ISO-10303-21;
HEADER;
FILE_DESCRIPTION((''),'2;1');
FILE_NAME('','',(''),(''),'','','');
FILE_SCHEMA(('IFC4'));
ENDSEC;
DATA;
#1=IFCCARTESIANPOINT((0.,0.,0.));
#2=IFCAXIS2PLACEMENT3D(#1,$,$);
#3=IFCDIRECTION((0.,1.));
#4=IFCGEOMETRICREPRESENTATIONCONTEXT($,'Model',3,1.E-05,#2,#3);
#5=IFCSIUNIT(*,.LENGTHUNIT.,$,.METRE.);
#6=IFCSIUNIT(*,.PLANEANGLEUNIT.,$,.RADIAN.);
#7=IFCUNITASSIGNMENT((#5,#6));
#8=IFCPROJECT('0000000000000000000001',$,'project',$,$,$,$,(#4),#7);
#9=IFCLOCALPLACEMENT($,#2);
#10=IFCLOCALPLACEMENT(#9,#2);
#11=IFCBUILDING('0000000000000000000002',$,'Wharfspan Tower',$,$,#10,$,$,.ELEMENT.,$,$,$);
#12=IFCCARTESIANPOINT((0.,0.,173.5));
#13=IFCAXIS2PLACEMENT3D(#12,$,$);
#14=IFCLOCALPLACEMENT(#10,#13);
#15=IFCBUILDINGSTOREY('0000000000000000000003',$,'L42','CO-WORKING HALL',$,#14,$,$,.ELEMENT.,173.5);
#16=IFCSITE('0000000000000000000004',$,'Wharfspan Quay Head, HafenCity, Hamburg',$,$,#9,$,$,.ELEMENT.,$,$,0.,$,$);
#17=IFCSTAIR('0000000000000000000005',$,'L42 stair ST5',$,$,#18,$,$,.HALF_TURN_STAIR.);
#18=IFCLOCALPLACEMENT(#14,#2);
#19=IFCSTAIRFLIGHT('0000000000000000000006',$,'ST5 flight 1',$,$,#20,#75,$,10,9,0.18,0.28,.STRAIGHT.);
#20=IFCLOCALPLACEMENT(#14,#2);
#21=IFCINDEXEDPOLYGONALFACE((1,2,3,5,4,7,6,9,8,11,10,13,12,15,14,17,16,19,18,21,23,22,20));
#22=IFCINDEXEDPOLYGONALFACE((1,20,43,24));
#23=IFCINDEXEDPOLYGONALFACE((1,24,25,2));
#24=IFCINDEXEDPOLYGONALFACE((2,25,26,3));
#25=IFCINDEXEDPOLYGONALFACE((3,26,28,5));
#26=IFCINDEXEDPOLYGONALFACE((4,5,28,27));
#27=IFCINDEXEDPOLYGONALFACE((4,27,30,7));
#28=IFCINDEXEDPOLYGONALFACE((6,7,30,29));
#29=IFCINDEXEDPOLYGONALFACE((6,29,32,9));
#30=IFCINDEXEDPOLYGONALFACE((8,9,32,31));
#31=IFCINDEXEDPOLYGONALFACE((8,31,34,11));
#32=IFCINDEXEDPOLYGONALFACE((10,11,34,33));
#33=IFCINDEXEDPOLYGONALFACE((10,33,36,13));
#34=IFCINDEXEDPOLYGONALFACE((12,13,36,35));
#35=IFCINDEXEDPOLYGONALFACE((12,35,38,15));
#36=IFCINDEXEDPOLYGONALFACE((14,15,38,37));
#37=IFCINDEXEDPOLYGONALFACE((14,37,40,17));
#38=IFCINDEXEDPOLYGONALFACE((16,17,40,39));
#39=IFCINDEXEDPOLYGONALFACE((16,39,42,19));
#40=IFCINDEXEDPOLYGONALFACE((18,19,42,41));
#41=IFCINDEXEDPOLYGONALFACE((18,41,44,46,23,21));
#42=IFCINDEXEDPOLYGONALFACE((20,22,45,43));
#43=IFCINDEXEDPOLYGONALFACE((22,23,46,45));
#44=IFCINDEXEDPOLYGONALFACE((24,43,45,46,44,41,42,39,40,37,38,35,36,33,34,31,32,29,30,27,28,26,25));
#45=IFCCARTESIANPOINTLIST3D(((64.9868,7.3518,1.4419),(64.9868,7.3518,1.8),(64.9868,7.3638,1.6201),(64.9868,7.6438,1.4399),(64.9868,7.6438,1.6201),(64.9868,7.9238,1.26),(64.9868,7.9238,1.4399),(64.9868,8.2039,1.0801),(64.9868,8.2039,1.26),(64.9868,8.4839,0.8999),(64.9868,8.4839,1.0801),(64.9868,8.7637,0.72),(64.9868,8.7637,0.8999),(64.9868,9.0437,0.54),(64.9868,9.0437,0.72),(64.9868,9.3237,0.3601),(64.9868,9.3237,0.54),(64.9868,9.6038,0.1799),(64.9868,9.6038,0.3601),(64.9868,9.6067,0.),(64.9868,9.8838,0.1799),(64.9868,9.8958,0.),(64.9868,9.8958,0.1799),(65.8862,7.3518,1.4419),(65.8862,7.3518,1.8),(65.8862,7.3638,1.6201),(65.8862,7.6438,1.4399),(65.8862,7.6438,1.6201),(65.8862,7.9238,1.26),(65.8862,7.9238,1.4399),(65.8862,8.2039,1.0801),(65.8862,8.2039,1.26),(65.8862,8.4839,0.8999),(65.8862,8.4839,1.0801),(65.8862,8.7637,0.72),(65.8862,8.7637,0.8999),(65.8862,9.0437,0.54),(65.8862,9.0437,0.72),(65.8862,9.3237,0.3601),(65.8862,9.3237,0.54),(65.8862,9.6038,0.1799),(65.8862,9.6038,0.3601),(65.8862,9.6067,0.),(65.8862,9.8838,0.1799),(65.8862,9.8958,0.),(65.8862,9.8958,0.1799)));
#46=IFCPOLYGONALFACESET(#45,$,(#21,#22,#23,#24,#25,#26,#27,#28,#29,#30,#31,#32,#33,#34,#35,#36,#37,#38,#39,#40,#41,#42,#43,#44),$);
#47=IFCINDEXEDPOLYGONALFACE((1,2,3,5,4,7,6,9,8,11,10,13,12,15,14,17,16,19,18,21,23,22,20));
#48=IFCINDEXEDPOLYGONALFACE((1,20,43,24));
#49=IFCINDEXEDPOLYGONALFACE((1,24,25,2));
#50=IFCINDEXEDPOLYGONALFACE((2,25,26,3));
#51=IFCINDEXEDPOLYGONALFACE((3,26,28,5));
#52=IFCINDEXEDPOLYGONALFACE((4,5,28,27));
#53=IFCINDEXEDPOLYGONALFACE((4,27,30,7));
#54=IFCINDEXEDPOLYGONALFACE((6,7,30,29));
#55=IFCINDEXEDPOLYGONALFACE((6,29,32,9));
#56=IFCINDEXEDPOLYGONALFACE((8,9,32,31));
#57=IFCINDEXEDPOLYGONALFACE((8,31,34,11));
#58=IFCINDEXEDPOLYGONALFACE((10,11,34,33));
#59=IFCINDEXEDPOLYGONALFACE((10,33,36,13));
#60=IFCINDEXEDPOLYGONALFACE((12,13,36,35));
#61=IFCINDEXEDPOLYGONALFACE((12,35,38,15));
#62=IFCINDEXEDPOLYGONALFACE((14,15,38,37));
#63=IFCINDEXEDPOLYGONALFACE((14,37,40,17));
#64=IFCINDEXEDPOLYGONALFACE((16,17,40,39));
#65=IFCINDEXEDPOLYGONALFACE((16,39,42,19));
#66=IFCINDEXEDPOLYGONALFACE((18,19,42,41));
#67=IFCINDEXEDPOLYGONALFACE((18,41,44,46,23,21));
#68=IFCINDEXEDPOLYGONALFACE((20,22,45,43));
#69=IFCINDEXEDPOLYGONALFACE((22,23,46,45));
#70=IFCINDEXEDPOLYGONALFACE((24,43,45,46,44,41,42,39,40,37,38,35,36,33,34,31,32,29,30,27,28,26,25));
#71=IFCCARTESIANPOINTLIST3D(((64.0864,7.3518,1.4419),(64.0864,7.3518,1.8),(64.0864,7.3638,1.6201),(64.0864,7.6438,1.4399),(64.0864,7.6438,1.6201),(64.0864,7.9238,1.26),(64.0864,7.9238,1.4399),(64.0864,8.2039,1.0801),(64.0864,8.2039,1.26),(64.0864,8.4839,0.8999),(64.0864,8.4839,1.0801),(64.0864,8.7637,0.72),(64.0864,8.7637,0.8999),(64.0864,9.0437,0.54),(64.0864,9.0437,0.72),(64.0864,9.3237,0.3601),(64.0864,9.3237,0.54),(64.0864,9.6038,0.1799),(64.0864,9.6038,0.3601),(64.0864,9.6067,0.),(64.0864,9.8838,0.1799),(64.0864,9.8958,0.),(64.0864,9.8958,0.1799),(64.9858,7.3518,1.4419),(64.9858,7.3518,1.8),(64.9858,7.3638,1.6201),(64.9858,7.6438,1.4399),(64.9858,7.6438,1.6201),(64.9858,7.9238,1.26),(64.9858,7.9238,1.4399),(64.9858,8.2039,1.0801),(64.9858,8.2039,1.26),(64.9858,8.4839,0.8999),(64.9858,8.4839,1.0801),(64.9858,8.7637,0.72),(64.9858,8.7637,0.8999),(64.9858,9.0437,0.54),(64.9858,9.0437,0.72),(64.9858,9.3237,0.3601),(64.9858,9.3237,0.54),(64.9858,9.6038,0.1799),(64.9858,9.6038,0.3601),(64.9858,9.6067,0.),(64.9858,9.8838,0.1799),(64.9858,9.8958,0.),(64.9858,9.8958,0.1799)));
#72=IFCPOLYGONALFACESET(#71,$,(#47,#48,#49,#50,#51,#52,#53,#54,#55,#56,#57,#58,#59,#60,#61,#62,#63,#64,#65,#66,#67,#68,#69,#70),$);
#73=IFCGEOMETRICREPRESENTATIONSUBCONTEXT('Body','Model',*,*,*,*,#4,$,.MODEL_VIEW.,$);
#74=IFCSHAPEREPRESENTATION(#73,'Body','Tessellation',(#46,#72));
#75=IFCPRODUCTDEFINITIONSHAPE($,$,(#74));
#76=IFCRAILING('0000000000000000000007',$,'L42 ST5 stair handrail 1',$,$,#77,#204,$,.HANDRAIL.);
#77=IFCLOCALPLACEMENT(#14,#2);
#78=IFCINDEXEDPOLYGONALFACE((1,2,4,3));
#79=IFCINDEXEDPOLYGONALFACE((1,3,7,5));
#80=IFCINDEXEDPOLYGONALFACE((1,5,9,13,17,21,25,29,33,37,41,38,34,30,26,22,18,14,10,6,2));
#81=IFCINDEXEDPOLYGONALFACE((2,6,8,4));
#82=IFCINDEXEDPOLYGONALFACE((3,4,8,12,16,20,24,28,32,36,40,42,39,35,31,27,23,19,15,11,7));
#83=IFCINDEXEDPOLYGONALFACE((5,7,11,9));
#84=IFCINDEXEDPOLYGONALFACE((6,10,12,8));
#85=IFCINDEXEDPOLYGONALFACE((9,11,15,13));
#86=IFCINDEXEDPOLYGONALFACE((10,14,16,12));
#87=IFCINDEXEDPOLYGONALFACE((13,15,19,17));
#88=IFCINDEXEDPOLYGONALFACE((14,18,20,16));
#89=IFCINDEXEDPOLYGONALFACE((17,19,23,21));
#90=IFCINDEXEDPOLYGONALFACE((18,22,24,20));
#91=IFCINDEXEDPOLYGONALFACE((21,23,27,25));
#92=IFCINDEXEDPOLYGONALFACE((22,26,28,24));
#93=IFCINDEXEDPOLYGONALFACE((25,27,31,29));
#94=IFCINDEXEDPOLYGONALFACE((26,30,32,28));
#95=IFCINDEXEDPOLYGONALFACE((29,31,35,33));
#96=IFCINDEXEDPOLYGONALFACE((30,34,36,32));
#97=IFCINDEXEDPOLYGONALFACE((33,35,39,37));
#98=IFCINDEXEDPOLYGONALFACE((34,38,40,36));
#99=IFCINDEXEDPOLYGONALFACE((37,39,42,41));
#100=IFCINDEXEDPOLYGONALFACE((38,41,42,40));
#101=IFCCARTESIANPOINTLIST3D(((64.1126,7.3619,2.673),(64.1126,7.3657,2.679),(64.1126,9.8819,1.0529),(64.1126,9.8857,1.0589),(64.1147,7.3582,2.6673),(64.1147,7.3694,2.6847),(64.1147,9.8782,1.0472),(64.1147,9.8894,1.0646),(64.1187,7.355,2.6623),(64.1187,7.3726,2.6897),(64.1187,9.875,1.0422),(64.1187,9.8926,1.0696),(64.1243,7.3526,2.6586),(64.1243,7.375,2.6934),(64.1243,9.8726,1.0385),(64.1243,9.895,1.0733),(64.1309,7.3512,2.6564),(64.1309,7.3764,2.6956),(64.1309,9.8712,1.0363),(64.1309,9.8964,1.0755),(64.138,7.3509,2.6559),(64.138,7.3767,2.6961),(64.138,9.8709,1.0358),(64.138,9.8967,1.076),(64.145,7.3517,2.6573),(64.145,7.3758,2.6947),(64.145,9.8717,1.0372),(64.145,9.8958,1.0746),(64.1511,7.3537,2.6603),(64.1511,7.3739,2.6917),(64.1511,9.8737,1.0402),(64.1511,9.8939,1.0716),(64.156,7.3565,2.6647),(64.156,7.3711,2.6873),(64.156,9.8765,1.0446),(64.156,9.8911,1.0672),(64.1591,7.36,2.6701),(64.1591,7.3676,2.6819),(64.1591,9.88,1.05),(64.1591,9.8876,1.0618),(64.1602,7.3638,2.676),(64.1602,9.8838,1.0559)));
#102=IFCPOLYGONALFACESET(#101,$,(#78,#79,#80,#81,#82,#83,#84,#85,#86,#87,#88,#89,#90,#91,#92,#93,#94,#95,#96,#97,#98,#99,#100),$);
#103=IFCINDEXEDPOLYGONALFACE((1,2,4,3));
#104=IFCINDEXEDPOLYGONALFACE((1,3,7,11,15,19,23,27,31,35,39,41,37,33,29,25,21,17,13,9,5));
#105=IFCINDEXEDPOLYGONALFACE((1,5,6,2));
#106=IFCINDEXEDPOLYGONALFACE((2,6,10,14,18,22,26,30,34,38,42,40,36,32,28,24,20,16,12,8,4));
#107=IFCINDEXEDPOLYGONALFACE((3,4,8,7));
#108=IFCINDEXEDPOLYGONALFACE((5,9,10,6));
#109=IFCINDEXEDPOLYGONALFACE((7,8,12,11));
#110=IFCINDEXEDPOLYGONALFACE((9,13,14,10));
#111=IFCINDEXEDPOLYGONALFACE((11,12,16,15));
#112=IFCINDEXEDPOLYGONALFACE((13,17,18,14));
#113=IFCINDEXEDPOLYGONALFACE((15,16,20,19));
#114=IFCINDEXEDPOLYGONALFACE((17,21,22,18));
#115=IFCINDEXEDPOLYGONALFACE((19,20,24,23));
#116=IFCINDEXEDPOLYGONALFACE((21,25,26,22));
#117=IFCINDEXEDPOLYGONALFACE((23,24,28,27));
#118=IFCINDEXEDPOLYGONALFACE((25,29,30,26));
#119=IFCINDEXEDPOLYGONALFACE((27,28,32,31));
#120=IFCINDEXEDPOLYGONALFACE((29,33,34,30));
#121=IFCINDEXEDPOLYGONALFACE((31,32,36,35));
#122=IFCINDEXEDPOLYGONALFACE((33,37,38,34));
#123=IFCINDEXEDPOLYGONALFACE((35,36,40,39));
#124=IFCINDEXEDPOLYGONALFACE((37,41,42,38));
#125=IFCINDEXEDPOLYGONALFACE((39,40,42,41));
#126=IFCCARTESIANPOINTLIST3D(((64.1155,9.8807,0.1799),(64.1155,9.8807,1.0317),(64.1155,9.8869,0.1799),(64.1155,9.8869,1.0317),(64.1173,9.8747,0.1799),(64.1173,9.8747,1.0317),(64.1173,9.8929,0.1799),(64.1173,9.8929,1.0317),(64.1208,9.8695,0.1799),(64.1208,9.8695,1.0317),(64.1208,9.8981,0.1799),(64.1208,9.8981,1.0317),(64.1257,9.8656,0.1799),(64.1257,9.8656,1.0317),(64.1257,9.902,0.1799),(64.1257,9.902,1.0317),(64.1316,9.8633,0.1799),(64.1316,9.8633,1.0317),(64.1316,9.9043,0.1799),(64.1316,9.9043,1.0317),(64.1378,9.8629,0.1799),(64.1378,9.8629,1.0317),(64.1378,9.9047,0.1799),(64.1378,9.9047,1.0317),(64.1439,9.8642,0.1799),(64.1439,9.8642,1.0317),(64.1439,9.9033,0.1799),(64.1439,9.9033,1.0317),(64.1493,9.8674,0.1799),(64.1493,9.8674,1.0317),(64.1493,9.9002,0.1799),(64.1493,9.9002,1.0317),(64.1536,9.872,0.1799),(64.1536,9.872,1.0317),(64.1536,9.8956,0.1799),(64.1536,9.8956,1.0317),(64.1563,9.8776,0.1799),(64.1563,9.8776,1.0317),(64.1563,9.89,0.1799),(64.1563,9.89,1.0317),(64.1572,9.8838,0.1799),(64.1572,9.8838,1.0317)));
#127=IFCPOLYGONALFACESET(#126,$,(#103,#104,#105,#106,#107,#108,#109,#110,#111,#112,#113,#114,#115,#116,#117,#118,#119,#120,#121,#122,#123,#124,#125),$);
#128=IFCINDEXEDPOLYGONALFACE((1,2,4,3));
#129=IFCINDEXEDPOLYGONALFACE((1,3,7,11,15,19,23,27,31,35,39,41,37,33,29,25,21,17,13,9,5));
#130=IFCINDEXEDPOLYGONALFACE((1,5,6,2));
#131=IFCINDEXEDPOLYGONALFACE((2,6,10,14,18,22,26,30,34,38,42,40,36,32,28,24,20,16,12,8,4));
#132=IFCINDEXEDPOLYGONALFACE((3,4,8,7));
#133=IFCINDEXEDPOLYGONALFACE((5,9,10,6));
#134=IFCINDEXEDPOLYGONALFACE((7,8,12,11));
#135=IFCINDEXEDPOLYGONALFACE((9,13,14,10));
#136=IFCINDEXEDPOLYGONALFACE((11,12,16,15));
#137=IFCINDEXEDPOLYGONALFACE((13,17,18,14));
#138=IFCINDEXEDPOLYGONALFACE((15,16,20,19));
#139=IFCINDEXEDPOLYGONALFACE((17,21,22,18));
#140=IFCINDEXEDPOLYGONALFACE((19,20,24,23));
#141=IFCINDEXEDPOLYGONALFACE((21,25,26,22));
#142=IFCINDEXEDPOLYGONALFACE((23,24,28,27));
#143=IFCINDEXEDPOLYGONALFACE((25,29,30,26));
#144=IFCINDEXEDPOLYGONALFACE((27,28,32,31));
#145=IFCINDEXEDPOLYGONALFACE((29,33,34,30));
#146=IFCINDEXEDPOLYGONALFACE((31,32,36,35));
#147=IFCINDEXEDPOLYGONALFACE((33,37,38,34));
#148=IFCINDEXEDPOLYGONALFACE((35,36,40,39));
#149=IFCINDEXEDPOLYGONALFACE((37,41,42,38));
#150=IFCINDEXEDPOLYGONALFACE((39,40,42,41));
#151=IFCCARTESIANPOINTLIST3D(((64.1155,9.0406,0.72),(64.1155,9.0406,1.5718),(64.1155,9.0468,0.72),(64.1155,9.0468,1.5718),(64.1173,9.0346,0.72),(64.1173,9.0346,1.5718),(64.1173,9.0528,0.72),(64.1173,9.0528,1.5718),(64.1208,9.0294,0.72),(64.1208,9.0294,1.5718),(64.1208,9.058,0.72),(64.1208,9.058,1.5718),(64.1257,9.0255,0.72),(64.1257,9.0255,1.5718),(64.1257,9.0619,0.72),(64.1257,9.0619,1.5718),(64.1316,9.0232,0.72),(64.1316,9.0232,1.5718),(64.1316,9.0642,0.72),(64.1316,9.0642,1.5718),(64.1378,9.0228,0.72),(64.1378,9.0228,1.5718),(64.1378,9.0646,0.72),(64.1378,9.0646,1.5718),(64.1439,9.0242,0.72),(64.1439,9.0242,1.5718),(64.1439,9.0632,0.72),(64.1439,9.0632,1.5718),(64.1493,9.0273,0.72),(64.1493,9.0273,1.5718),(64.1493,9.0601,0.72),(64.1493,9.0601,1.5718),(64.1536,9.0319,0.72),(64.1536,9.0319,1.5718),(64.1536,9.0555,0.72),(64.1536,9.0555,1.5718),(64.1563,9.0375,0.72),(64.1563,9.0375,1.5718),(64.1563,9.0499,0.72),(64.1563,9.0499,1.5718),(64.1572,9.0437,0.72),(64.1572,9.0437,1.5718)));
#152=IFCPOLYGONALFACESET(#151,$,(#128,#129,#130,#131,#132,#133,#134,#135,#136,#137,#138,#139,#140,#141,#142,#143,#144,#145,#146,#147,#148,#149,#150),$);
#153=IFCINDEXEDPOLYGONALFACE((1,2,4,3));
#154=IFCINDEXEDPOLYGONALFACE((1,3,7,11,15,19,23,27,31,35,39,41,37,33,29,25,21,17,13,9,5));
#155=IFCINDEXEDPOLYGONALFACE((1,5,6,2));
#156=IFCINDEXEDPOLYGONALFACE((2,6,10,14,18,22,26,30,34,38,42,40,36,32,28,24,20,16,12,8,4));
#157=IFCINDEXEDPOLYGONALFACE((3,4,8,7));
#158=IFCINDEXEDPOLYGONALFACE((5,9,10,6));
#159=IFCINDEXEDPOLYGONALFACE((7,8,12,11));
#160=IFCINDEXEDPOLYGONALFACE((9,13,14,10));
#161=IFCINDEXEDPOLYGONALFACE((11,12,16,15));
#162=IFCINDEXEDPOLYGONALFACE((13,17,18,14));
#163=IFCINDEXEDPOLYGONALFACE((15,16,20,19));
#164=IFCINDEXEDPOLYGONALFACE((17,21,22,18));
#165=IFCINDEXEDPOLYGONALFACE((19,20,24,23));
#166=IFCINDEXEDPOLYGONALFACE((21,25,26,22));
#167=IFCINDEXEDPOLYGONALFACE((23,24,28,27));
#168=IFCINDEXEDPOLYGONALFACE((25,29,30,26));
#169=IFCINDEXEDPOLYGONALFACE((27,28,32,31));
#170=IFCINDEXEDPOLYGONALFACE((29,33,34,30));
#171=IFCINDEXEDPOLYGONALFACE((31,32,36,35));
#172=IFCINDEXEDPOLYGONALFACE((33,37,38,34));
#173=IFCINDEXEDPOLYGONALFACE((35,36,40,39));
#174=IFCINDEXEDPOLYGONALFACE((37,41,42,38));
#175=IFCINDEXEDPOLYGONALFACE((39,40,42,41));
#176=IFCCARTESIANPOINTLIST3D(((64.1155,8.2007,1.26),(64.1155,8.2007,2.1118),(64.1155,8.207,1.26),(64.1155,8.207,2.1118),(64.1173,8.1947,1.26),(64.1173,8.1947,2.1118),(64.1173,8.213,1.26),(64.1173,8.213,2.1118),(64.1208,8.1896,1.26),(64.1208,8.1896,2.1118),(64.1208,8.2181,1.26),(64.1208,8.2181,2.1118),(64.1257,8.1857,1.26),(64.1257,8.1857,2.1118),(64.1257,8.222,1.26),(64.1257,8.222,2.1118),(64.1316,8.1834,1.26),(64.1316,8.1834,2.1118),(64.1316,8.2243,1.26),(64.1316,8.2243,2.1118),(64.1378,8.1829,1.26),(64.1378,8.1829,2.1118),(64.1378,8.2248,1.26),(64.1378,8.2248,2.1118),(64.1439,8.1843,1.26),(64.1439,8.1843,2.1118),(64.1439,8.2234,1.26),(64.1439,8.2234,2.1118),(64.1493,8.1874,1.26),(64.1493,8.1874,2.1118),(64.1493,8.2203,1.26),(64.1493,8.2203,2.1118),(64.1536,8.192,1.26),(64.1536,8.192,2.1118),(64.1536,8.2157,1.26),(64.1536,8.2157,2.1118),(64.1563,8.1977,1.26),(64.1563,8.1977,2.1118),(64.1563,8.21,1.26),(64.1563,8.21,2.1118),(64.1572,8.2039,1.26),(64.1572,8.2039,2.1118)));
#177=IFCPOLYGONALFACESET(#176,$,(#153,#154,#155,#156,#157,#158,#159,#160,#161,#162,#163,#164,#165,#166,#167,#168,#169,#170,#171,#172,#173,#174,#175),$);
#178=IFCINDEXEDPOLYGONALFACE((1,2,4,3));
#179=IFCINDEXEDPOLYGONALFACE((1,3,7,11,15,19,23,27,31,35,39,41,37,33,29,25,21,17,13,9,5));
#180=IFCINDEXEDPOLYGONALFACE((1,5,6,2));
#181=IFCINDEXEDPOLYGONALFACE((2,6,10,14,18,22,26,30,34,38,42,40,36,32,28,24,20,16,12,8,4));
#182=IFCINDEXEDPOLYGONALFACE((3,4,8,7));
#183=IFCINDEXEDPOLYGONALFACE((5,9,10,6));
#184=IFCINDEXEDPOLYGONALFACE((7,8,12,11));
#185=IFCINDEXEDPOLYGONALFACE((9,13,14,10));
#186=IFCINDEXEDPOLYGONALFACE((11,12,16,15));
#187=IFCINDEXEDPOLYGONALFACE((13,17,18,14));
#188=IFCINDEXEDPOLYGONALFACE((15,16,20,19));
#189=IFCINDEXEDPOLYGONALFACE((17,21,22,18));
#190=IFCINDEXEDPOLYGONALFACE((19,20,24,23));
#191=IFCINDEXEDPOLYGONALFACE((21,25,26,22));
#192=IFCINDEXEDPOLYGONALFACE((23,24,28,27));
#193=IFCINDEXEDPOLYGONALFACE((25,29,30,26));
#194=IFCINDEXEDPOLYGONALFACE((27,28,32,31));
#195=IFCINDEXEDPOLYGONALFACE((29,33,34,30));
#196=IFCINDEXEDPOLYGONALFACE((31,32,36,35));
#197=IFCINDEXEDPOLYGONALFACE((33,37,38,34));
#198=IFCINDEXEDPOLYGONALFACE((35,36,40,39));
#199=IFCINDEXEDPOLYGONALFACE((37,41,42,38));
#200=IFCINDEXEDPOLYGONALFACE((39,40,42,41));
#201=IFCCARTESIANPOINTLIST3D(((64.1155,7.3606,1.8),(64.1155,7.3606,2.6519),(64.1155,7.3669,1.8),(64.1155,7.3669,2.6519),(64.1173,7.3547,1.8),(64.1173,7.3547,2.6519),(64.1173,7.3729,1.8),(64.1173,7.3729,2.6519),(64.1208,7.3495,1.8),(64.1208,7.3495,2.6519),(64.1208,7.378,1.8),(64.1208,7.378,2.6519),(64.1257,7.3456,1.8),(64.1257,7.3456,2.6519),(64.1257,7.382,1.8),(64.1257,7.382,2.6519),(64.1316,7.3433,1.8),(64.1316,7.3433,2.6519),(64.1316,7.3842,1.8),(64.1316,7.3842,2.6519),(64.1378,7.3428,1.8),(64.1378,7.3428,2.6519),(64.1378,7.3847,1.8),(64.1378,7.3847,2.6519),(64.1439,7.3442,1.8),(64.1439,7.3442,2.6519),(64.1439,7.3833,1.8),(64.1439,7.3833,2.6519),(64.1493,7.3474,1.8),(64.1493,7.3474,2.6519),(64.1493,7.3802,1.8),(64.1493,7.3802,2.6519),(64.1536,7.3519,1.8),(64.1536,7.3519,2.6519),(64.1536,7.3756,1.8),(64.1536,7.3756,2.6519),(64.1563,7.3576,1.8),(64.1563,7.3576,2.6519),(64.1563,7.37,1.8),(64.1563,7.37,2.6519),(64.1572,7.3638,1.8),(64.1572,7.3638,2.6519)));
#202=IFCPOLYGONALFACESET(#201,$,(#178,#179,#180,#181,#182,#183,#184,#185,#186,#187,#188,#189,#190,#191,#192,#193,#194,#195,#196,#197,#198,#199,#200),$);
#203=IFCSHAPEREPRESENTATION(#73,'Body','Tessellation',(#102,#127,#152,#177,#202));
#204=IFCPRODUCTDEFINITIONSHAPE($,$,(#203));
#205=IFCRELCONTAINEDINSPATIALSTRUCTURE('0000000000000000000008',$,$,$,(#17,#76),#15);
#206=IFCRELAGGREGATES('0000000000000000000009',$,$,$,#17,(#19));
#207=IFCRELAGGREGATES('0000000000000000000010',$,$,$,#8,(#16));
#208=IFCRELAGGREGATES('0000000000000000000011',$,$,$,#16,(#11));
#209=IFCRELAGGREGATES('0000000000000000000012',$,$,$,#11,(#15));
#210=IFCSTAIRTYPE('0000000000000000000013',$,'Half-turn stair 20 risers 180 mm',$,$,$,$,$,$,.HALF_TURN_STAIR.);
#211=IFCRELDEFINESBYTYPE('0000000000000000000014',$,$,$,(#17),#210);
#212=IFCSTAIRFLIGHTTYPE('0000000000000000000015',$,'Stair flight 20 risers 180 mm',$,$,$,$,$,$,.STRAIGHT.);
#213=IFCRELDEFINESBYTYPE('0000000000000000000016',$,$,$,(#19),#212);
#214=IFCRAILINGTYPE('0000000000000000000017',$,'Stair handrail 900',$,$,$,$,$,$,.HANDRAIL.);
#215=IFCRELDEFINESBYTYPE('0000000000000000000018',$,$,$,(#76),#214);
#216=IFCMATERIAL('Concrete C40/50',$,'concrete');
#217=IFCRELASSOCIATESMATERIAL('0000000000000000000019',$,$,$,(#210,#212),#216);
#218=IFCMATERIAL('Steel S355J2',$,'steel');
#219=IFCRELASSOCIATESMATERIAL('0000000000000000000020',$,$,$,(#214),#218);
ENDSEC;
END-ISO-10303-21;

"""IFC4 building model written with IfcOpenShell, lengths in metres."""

from ifc_helpers import new_model, si_unit, direction, frame, origin, origin_2d, place, context, subcontext, project, spatial, polyline, circle, outline, extrude, material, type_object, element, aggregate, save


model = new_model("IFC4")

# Units and contexts
model_context = context("Model", 3, precision=1e-05, world=origin(), true_north=direction((0.0, 1.0)))
body_context = subcontext(model_context, "Body", "Model", "MODEL_VIEW")
ifc_project = project(units=[si_unit("LENGTHUNIT", "METRE"), si_unit("PLANEANGLEUNIT", "RADIAN")], contexts=[model_context])

# Site, building, storey
site_placement = place(None, origin())
site = spatial("IfcSite", under=ifc_project, at=site_placement, Name="Wharfspan Quay Head, HafenCity, Hamburg", CompositionType="ELEMENT", RefElevation=0.0)
building_placement = place(site_placement, origin())
building = spatial("IfcBuilding", under=site, at=building_placement, Name="Wharfspan Tower", CompositionType="ELEMENT")
storey_placement = place(building_placement, frame((0.0, 0.0, 173.5)))
storey = spatial("IfcBuildingStorey", under=building, at=storey_placement, Name="L42", Description="CO-WORKING HALL", CompositionType="ELEMENT", Elevation=173.5)

# Shared definitions
ifc_material_1 = material(Name="Steel S355J2", Category="steel")

# Shared definitions
ifc_material_2 = material(Name="Concrete C40/50", Category="concrete")

# Stair, stair flight
stair_type = type_object("IfcStairType", Name="Half-turn stair 20 risers 180 mm", PredefinedType="HALF_TURN_STAIR", material=ifc_material_2)
stair_placement = place(storey_placement, origin())
stair = element("IfcStair", 1, at=stair_placement, inside=storey, type_object=stair_type, Name="L42 stair ST5", PredefinedType="HALF_TURN_STAIR")
stair_flight_type = type_object("IfcStairFlightType", Name="Stair flight 20 risers 180 mm", PredefinedType="STRAIGHT", material=ifc_material_2)
stair_flight_placement = place(storey_placement, frame((64.9863, 9.8838, 0.0), z_axis=(0.0, 0.0, 1.0), x_axis=(0.0, -1.0, 0.0)))
stair_flight = element("IfcStairFlight", 2, at=stair_flight_placement, type_object=stair_flight_type, Name="ST5 flight 1", NumberOfRisers=10, NumberOfTreads=9, PredefinedType="STRAIGHT", RiserHeight=0.18, TreadLength=0.28, context=body_context, shape_type="SweptSolid", body=[
    extrude(outline(polyline([(-0.012, 0.0), (-0.012, 0.1799), (0.0, 0.1799), (0.28, 0.1799), (0.28, 0.3601), (0.5601, 0.3601), (0.5601, 0.54), (0.8401, 0.54), (0.8401, 0.72), (1.1201, 0.72), (1.1201, 0.8999), (1.3999, 0.8999), (1.3999, 1.0801), (1.6799, 1.0801), (1.6799, 1.26), (1.96, 1.26), (1.96, 1.4399), (2.24, 1.4399), (2.24, 1.6201), (2.52, 1.6201), (2.532, 1.8), (2.532, 1.4419), (0.2771, 0.0), (-0.012, 0.0)])), frame((0.0, 0.8999, 0.0), z_axis=(0.0, -1.0, 0.0), x_axis=(1.0, 0.0, 0.0)), (0.0, 0.0, 1.0), 0.8994),
    extrude(outline(polyline([(-0.012, 0.0), (-0.012, 0.1799), (0.0, 0.1799), (0.28, 0.1799), (0.28, 0.3601), (0.5601, 0.3601), (0.5601, 0.54), (0.8401, 0.54), (0.8401, 0.72), (1.1201, 0.72), (1.1201, 0.8999), (1.3999, 0.8999), (1.3999, 1.0801), (1.6799, 1.0801), (1.6799, 1.26), (1.96, 1.26), (1.96, 1.4399), (2.24, 1.4399), (2.24, 1.6201), (2.52, 1.6201), (2.532, 1.8), (2.532, 1.4419), (0.2771, 0.0), (-0.012, 0.0)])), frame((0.0, -0.0005, 0.0), z_axis=(0.0, -1.0, 0.0), x_axis=(1.0, 0.0, 0.0)), (0.0, 0.0, 1.0), 0.8994),
])
aggregate(stair, [stair_flight])

# Railing
railing_type = type_object("IfcRailingType", Name="Stair handrail 900", PredefinedType="HANDRAIL", material=ifc_material_1)
railing_placement = place(storey_placement, frame((64.1362, 9.8838, 0.1799)))
element("IfcRailing", 3, at=railing_placement, inside=storey, type_object=railing_type, Name="L42 ST5 stair handrail 1", PredefinedType="HANDRAIL", context=body_context, shape_type="SweptSolid", body=[
    extrude(circle(Radius=0.0239, at=origin_2d()), frame((0.0, 0.0, 0.876), z_axis=(0.0, -0.841163, 0.540782), x_axis=(1.0, 0.0, 0.0)), (0.0, 0.0, 1.0), 2.9958),
    extrude(circle(Radius=0.021, at=origin_2d()), origin(), (0.0, 0.0, 1.0), 0.8518),
    extrude(circle(Radius=0.021, at=origin_2d()), frame((0.0, -0.8401, 0.54)), (0.0, 0.0, 1.0), 0.8518),
    extrude(circle(Radius=0.021, at=origin_2d()), frame((0.0, -1.6799, 1.0801)), (0.0, 0.0, 1.0), 0.8518),
    extrude(circle(Radius=0.021, at=origin_2d()), frame((0.0, -2.52, 1.6201)), (0.0, 0.0, 1.0), 0.8518),
])

save(model, "model.ifc")
